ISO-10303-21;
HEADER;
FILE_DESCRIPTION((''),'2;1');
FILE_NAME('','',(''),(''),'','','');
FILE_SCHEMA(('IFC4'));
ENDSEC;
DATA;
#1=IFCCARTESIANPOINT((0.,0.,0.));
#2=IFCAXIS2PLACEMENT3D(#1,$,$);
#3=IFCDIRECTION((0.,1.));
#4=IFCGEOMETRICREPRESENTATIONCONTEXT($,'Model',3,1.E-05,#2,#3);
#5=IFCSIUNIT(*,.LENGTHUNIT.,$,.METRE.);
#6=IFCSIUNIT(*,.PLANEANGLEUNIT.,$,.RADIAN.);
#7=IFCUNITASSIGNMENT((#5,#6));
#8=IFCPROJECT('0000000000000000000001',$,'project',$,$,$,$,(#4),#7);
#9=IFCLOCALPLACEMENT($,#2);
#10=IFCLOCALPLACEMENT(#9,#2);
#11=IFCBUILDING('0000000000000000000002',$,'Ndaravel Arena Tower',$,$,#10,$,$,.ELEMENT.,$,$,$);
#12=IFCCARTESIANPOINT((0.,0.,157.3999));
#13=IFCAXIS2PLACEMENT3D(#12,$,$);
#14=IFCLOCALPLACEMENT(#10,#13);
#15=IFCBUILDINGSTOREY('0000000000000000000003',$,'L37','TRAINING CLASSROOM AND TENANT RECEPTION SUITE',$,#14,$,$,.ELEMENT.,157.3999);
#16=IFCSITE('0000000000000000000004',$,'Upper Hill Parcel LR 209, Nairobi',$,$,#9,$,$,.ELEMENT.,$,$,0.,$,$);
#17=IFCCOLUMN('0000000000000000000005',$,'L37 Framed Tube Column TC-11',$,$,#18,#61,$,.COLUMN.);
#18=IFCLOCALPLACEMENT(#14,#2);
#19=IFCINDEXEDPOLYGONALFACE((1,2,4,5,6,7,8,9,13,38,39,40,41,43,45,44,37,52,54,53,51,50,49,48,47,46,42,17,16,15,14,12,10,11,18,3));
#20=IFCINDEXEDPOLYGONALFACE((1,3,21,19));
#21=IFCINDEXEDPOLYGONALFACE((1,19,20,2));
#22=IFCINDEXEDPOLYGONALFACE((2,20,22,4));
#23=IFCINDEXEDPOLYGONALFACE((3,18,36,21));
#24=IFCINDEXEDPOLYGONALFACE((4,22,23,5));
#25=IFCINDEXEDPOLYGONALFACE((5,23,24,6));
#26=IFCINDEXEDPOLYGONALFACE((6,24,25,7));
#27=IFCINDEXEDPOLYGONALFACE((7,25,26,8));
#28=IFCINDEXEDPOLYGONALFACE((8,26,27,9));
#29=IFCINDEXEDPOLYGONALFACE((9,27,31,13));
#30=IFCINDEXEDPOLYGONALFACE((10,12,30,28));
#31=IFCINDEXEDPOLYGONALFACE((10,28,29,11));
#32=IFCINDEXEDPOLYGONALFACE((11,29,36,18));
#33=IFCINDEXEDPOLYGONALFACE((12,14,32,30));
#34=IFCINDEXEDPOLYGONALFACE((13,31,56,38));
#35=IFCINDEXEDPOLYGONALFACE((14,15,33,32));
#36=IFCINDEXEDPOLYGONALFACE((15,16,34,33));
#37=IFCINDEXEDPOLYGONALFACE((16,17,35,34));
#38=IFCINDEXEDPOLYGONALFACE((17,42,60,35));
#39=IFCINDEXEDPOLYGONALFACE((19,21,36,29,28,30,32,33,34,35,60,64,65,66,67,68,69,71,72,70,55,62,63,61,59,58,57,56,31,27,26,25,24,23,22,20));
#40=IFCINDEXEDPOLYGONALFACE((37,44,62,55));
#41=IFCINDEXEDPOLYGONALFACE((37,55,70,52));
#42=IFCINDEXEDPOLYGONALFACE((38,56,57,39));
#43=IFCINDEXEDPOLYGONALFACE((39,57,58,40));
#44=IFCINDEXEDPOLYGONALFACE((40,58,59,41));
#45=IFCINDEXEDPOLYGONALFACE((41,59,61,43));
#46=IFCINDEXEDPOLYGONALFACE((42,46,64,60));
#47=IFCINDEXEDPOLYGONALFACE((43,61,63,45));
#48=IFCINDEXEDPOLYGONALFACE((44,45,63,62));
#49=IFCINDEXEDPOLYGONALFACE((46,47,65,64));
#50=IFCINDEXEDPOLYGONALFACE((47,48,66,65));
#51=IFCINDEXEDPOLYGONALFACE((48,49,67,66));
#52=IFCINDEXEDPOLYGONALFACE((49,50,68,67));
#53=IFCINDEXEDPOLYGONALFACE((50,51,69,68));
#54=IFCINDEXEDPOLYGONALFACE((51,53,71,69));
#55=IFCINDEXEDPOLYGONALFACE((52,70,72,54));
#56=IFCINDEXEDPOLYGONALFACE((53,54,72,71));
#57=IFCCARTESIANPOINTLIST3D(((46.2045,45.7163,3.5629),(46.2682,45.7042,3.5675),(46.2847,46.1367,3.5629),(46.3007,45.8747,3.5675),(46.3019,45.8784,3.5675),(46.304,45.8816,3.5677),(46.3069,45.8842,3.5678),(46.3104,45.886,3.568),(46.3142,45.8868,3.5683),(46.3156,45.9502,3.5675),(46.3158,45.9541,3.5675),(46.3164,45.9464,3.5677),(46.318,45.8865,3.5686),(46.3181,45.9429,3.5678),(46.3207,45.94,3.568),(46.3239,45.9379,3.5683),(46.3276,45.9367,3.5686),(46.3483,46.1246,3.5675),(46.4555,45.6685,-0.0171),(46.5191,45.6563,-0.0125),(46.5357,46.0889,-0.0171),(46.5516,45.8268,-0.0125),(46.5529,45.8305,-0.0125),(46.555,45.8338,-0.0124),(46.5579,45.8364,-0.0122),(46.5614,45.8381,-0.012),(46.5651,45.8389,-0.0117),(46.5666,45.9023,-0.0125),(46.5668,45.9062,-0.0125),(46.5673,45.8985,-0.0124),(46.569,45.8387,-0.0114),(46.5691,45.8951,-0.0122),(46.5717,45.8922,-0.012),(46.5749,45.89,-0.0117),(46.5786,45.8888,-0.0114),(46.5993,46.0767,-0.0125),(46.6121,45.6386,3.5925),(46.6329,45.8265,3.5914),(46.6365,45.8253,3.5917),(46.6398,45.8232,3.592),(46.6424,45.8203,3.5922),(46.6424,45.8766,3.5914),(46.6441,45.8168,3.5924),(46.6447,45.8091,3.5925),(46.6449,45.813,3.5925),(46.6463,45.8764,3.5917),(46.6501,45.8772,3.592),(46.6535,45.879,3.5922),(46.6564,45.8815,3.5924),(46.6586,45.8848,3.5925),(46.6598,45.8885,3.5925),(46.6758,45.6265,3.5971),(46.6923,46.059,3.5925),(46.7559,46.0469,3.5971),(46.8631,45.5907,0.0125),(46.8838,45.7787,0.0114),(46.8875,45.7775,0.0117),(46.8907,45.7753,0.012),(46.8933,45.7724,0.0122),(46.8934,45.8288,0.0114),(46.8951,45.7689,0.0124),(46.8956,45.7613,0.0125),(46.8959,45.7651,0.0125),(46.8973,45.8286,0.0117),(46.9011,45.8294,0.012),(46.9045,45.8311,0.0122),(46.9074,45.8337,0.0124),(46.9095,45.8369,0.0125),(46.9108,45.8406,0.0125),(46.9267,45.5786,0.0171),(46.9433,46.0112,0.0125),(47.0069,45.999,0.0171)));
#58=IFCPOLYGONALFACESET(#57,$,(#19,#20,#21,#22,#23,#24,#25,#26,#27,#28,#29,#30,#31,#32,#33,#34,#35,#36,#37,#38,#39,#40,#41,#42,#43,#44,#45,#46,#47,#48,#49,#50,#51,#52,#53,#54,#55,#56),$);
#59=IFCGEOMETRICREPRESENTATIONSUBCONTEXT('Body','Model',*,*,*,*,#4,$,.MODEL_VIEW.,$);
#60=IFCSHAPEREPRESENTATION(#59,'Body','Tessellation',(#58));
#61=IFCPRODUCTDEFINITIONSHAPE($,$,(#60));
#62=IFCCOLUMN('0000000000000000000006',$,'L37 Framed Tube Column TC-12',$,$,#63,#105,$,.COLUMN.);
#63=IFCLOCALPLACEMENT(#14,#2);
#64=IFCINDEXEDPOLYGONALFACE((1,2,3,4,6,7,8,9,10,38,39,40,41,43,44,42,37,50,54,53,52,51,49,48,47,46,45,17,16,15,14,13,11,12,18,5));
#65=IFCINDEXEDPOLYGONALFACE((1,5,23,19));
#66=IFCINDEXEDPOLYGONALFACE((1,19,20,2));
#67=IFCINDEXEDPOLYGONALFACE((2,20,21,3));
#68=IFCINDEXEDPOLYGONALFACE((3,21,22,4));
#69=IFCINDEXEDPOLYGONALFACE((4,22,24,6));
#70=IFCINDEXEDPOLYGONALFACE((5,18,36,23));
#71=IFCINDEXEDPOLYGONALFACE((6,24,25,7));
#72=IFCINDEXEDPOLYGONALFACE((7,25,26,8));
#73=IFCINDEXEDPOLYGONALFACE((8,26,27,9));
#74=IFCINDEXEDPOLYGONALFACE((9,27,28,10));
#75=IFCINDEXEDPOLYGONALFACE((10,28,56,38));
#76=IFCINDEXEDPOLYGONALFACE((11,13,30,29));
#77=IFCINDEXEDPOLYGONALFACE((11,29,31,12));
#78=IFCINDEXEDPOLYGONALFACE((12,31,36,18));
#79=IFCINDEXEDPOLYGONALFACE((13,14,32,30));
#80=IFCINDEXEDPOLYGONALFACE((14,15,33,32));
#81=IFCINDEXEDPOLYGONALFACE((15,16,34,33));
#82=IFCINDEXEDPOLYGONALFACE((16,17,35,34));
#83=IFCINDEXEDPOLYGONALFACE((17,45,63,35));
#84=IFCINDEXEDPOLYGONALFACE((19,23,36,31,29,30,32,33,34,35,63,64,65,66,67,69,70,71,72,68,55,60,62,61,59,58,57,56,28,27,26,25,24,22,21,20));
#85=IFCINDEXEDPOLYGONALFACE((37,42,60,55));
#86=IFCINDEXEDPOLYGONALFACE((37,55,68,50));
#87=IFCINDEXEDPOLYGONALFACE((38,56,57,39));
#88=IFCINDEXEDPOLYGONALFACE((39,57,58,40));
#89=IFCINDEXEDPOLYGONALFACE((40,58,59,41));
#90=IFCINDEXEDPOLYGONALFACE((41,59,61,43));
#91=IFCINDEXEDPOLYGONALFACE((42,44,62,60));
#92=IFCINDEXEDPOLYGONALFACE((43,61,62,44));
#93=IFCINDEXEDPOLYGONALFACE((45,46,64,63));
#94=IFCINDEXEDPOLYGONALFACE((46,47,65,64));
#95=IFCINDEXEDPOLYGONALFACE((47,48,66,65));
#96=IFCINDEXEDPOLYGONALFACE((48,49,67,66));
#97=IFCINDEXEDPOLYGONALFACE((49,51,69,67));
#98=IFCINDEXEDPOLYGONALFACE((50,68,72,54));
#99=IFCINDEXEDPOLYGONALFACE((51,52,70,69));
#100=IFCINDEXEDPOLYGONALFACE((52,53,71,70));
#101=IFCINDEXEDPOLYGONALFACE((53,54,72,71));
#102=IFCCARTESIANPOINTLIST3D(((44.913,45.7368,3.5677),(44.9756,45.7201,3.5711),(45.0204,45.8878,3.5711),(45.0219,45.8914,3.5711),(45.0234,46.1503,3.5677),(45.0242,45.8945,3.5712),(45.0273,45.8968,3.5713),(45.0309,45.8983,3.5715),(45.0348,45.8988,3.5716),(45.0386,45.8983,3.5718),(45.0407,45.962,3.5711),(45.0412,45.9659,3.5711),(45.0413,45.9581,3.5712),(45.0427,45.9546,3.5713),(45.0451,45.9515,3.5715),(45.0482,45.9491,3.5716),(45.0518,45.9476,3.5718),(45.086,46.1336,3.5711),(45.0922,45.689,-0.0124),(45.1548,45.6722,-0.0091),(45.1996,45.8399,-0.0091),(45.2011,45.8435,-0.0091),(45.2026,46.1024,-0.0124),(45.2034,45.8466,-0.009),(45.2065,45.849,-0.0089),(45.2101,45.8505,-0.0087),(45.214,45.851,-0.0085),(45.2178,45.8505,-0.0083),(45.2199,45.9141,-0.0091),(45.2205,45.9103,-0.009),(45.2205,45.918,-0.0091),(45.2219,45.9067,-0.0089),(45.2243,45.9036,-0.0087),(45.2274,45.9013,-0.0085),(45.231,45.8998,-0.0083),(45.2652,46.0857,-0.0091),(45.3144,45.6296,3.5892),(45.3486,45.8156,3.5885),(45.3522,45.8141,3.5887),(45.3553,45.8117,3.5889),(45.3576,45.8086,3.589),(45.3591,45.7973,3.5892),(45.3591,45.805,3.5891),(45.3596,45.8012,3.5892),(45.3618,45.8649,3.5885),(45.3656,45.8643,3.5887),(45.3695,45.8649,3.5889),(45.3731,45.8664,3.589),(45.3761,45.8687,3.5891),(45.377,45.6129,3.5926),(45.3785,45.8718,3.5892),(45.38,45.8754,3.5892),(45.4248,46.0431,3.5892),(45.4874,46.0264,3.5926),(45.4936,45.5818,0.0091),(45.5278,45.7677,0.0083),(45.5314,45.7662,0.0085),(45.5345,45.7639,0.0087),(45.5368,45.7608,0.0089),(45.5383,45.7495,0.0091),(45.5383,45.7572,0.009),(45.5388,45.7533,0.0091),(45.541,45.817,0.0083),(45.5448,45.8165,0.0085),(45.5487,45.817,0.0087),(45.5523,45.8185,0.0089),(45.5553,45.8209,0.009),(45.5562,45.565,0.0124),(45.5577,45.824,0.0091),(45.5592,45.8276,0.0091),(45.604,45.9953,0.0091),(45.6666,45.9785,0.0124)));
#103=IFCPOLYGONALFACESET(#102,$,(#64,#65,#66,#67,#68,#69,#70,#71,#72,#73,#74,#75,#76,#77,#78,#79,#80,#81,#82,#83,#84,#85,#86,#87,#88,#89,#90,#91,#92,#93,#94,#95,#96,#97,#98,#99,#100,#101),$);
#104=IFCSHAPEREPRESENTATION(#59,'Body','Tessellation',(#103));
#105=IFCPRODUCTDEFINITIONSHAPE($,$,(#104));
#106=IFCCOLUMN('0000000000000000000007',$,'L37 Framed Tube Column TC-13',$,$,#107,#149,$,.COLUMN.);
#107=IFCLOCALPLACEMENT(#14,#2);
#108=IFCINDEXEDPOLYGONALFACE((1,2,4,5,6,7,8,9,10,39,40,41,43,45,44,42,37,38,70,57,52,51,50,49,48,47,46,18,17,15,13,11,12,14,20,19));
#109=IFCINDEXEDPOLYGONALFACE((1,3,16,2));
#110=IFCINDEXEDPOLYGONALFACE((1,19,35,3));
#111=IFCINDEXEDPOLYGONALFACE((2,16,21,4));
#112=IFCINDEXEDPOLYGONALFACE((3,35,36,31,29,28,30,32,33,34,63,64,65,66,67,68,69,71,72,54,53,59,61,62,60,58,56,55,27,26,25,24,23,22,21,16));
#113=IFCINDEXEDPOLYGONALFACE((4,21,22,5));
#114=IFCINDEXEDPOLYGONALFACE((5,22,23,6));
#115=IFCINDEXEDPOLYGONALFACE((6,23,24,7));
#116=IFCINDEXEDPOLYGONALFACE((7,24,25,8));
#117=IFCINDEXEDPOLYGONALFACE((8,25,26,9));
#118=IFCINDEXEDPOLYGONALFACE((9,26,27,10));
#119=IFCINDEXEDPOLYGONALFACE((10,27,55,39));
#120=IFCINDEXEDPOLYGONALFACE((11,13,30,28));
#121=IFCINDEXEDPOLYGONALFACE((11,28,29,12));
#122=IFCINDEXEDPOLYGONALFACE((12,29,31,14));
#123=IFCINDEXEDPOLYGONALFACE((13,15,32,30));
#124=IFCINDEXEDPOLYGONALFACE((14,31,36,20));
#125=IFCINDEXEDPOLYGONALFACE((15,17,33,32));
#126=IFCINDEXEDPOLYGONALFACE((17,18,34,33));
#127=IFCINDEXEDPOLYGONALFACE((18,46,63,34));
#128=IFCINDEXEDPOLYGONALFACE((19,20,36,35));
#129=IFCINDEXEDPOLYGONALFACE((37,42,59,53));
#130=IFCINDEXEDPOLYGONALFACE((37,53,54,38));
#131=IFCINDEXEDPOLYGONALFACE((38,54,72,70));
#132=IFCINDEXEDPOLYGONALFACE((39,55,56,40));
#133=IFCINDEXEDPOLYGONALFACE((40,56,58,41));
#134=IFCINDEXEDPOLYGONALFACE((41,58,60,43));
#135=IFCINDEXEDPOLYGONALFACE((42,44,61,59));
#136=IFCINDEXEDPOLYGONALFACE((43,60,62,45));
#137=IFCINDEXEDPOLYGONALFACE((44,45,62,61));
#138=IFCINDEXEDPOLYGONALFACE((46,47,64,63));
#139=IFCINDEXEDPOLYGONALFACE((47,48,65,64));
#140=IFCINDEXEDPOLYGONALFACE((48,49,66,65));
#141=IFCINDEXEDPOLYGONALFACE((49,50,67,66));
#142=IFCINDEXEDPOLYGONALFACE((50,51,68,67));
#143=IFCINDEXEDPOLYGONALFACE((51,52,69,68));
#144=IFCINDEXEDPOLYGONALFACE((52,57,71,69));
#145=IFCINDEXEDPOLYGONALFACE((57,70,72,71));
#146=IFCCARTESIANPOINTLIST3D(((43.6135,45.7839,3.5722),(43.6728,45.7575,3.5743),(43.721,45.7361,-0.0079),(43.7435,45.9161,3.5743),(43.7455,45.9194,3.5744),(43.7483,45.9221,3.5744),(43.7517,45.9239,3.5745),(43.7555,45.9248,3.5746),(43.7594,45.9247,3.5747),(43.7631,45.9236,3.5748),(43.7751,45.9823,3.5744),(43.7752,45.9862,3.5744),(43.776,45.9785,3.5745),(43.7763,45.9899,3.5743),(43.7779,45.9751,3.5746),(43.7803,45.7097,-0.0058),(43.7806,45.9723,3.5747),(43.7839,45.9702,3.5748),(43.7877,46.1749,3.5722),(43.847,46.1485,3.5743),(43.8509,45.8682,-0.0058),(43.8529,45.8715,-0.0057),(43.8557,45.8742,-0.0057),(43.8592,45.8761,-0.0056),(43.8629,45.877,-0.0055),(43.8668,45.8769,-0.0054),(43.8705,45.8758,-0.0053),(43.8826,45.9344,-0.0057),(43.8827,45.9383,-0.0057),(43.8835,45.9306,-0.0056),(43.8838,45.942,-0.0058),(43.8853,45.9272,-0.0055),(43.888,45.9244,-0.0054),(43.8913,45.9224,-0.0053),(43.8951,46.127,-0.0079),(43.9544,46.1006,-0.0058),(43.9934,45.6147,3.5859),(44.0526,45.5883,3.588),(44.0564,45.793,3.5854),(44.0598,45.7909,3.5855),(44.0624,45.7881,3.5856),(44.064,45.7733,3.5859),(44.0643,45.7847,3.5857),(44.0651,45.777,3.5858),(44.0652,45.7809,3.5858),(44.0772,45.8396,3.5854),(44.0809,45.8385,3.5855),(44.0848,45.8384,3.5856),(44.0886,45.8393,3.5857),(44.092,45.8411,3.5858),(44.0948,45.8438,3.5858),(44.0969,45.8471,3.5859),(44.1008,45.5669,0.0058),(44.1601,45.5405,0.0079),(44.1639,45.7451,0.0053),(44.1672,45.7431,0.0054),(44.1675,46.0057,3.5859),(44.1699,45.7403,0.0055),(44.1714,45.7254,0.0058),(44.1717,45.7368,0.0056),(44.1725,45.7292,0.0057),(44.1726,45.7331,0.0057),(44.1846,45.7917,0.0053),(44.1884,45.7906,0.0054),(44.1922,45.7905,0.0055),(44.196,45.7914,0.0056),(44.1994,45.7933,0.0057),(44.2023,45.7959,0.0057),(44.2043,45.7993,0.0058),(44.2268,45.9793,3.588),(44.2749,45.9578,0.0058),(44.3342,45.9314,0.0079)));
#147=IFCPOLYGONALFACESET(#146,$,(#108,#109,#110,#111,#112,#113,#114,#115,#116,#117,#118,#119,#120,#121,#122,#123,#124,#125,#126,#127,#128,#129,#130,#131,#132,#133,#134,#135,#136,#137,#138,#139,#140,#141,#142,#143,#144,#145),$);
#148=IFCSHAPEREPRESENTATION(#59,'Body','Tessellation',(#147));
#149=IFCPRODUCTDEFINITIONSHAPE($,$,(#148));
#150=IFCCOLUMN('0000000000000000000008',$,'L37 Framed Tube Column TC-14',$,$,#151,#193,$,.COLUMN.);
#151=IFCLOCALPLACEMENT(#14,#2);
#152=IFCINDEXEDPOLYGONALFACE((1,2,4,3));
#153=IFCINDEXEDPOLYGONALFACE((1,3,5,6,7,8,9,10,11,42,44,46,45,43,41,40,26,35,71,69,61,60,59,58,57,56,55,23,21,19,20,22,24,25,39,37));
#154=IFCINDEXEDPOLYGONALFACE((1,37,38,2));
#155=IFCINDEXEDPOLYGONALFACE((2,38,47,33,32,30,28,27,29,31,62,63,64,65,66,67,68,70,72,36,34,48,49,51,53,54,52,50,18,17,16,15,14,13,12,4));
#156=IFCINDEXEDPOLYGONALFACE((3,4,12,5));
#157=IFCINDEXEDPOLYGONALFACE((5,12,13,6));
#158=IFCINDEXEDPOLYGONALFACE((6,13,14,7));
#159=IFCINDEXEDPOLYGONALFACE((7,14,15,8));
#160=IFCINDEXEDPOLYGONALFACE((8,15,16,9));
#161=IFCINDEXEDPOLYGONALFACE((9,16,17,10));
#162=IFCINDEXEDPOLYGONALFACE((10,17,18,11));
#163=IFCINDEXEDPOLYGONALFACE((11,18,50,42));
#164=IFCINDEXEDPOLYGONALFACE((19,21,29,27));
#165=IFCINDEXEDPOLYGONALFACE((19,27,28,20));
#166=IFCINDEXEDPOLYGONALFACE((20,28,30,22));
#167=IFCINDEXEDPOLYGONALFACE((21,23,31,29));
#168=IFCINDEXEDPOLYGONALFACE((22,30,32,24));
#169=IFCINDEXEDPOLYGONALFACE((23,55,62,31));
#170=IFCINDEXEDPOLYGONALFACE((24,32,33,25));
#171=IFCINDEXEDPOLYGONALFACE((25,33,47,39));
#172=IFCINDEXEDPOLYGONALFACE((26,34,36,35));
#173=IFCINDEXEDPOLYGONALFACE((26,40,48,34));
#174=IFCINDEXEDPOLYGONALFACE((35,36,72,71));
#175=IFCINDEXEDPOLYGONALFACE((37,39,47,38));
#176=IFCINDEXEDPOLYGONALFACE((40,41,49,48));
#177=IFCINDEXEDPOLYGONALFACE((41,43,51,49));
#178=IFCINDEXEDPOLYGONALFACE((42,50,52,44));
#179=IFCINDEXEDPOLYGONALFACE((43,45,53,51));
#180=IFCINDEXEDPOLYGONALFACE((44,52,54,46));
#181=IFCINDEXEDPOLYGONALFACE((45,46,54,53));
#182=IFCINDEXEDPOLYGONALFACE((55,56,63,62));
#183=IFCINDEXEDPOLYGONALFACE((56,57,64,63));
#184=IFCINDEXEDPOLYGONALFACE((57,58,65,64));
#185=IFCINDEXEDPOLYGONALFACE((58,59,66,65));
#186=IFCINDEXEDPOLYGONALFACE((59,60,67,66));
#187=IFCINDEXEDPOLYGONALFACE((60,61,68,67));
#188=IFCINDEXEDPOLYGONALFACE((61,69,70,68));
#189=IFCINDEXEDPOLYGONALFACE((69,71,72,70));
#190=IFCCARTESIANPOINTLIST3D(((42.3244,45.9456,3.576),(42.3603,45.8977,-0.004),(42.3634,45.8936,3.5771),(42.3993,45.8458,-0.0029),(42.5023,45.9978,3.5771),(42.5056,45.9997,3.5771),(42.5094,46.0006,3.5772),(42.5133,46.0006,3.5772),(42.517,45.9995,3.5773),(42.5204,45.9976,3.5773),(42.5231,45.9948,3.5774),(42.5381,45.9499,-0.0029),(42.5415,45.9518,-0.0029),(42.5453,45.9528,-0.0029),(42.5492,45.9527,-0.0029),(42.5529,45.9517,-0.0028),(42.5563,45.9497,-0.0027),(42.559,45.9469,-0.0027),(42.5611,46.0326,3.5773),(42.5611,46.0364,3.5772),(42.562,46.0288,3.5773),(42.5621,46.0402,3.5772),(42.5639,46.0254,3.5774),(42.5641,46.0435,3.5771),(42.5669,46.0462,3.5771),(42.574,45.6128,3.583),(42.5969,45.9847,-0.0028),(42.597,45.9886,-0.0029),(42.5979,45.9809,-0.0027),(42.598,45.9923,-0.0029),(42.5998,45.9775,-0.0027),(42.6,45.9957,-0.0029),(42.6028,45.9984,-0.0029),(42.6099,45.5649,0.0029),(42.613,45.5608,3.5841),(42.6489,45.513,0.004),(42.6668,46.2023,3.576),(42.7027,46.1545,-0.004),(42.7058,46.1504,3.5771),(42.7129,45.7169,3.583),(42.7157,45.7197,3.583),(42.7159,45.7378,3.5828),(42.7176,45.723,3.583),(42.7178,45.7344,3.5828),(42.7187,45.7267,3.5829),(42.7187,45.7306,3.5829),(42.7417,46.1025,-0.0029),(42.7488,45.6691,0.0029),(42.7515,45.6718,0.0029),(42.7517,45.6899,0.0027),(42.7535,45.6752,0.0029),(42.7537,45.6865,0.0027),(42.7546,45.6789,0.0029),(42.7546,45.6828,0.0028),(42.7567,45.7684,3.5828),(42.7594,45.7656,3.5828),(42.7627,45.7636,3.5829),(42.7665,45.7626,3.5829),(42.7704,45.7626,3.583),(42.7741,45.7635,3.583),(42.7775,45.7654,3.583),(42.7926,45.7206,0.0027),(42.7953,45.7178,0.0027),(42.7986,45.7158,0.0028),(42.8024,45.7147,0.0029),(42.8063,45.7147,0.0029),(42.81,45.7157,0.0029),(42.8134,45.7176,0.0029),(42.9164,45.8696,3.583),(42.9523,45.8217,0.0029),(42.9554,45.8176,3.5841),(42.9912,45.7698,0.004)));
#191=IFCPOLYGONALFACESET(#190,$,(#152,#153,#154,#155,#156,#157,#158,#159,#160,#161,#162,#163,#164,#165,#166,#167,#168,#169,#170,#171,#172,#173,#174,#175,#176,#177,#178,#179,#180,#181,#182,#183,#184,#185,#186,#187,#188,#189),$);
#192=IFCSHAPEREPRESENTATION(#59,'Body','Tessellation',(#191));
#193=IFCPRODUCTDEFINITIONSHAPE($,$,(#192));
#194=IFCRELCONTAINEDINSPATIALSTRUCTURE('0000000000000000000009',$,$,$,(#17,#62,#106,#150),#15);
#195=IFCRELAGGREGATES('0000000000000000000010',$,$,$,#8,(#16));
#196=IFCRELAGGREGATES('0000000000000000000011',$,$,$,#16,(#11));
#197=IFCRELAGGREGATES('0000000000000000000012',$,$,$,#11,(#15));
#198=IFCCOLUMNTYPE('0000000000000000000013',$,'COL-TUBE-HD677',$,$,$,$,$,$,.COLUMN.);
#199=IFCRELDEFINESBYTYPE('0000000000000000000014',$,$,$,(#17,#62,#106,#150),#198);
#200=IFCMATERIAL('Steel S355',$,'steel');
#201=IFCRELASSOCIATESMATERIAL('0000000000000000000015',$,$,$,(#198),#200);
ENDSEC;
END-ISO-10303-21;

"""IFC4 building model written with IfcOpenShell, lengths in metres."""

from ifc_helpers import new_model, si_unit, direction, frame, origin, origin_2d, place, context, subcontext, project, spatial, i_section, extrude, material, material_profile, profile_set, type_object, element, save


model = new_model("IFC4")

# Units and contexts
model_context = context("Model", 3, precision=1e-05, world=origin(), true_north=direction((0.0, 1.0)))
body_context = subcontext(model_context, "Body", "Model", "MODEL_VIEW")
ifc_project = project(units=[si_unit("LENGTHUNIT", "METRE"), si_unit("PLANEANGLEUNIT", "RADIAN")], contexts=[model_context])

# Site, building, storey
site_placement = place(None, origin())
site = spatial("IfcSite", under=ifc_project, at=site_placement, Name="Upper Hill Parcel LR 209, Nairobi", CompositionType="ELEMENT", RefElevation=0.0)
building_placement = place(site_placement, origin())
building = spatial("IfcBuilding", under=site, at=building_placement, Name="Ndaravel Arena Tower", CompositionType="ELEMENT")
storey_placement = place(building_placement, frame((0.0, 0.0, 157.3999)))
storey = spatial("IfcBuildingStorey", under=building, at=storey_placement, Name="L37", Description="TRAINING CLASSROOM AND TENANT RECEPTION SUITE", CompositionType="ELEMENT", Elevation=157.3999)

# Columns
ifc_material_1 = material(Name="Steel S355", Category="steel")
ifc_material_profile_1 = material_profile(ifc_material_1, i_section(OverallWidth=0.428, OverallDepth=0.481, WebThickness=0.051, FlangeThickness=0.0649, FilletRadius=0.0149, at=origin_2d()), Name="HD 400x677")
ifc_profile_set_1 = profile_set([ifc_material_profile_1], Name="Steel S355")
column_type = type_object("IfcColumnType", Name="COL-TUBE-HD677", PredefinedType="COLUMN", material=ifc_profile_set_1)
column_1_placement = place(storey_placement, frame((46.7312, 45.8337, 0.0), z_axis=(-0.069926, 0.013332, 0.997463), x_axis=(-0.187288, -0.982305, 0.0)))
element("IfcColumn", 1, at=column_1_placement, inside=storey, type_object=column_type, Name="L37 Framed Tube Column TC-11", PredefinedType="COLUMN", context=body_context, shape_type="SweptSolid", body=[
    extrude(i_section(OverallWidth=0.428, OverallDepth=0.481, WebThickness=0.051, FlangeThickness=0.0649, FilletRadius=0.0149, at=origin_2d()), origin(), (0.0, 0.0, 1.0), 3.5891),
])
column_2_placement = place(storey_placement, frame((45.3794, 45.8337, 0.0), z_axis=(-0.049988, 0.013348, 0.998661), x_axis=(-0.25799, -0.966147, 0.0)))
element("IfcColumn", 2, at=column_2_placement, inside=storey, type_object=column_type, Name="L37 Framed Tube Column TC-12", PredefinedType="COLUMN", context=body_context, shape_type="SweptSolid", body=[
    extrude(i_section(OverallWidth=0.428, OverallDepth=0.481, WebThickness=0.051, FlangeThickness=0.0649, FilletRadius=0.0149, at=origin_2d()), origin(), (0.0, 0.0, 1.0), 3.585),
])
column_3_placement = place(storey_placement, frame((44.0276, 45.8337, 0.0), z_axis=(-0.029989, 0.013359, 0.999461), x_axis=(-0.406909, -0.913469, 0.0)))
element("IfcColumn", 3, at=column_3_placement, inside=storey, type_object=column_type, Name="L37 Framed Tube Column TC-13", PredefinedType="COLUMN", context=body_context, shape_type="SweptSolid", body=[
    extrude(i_section(OverallWidth=0.428, OverallDepth=0.481, WebThickness=0.051, FlangeThickness=0.0649, FilletRadius=0.0149, at=origin_2d()), origin(), (0.0, 0.0, 1.0), 3.582),
])
column_4_placement = place(storey_placement, frame((42.6758, 45.8337, 0.0), z_axis=(-0.010023, 0.013364, 0.99986), x_axis=(-0.8, -0.6, 0.0)))
element("IfcColumn", 4, at=column_4_placement, inside=storey, type_object=column_type, Name="L37 Framed Tube Column TC-14", PredefinedType="COLUMN", context=body_context, shape_type="SweptSolid", body=[
    extrude(i_section(OverallWidth=0.428, OverallDepth=0.481, WebThickness=0.051, FlangeThickness=0.0649, FilletRadius=0.0149, at=origin_2d()), origin(), (0.0, 0.0, 1.0), 3.5806),
])

save(model, "model.ifc")
